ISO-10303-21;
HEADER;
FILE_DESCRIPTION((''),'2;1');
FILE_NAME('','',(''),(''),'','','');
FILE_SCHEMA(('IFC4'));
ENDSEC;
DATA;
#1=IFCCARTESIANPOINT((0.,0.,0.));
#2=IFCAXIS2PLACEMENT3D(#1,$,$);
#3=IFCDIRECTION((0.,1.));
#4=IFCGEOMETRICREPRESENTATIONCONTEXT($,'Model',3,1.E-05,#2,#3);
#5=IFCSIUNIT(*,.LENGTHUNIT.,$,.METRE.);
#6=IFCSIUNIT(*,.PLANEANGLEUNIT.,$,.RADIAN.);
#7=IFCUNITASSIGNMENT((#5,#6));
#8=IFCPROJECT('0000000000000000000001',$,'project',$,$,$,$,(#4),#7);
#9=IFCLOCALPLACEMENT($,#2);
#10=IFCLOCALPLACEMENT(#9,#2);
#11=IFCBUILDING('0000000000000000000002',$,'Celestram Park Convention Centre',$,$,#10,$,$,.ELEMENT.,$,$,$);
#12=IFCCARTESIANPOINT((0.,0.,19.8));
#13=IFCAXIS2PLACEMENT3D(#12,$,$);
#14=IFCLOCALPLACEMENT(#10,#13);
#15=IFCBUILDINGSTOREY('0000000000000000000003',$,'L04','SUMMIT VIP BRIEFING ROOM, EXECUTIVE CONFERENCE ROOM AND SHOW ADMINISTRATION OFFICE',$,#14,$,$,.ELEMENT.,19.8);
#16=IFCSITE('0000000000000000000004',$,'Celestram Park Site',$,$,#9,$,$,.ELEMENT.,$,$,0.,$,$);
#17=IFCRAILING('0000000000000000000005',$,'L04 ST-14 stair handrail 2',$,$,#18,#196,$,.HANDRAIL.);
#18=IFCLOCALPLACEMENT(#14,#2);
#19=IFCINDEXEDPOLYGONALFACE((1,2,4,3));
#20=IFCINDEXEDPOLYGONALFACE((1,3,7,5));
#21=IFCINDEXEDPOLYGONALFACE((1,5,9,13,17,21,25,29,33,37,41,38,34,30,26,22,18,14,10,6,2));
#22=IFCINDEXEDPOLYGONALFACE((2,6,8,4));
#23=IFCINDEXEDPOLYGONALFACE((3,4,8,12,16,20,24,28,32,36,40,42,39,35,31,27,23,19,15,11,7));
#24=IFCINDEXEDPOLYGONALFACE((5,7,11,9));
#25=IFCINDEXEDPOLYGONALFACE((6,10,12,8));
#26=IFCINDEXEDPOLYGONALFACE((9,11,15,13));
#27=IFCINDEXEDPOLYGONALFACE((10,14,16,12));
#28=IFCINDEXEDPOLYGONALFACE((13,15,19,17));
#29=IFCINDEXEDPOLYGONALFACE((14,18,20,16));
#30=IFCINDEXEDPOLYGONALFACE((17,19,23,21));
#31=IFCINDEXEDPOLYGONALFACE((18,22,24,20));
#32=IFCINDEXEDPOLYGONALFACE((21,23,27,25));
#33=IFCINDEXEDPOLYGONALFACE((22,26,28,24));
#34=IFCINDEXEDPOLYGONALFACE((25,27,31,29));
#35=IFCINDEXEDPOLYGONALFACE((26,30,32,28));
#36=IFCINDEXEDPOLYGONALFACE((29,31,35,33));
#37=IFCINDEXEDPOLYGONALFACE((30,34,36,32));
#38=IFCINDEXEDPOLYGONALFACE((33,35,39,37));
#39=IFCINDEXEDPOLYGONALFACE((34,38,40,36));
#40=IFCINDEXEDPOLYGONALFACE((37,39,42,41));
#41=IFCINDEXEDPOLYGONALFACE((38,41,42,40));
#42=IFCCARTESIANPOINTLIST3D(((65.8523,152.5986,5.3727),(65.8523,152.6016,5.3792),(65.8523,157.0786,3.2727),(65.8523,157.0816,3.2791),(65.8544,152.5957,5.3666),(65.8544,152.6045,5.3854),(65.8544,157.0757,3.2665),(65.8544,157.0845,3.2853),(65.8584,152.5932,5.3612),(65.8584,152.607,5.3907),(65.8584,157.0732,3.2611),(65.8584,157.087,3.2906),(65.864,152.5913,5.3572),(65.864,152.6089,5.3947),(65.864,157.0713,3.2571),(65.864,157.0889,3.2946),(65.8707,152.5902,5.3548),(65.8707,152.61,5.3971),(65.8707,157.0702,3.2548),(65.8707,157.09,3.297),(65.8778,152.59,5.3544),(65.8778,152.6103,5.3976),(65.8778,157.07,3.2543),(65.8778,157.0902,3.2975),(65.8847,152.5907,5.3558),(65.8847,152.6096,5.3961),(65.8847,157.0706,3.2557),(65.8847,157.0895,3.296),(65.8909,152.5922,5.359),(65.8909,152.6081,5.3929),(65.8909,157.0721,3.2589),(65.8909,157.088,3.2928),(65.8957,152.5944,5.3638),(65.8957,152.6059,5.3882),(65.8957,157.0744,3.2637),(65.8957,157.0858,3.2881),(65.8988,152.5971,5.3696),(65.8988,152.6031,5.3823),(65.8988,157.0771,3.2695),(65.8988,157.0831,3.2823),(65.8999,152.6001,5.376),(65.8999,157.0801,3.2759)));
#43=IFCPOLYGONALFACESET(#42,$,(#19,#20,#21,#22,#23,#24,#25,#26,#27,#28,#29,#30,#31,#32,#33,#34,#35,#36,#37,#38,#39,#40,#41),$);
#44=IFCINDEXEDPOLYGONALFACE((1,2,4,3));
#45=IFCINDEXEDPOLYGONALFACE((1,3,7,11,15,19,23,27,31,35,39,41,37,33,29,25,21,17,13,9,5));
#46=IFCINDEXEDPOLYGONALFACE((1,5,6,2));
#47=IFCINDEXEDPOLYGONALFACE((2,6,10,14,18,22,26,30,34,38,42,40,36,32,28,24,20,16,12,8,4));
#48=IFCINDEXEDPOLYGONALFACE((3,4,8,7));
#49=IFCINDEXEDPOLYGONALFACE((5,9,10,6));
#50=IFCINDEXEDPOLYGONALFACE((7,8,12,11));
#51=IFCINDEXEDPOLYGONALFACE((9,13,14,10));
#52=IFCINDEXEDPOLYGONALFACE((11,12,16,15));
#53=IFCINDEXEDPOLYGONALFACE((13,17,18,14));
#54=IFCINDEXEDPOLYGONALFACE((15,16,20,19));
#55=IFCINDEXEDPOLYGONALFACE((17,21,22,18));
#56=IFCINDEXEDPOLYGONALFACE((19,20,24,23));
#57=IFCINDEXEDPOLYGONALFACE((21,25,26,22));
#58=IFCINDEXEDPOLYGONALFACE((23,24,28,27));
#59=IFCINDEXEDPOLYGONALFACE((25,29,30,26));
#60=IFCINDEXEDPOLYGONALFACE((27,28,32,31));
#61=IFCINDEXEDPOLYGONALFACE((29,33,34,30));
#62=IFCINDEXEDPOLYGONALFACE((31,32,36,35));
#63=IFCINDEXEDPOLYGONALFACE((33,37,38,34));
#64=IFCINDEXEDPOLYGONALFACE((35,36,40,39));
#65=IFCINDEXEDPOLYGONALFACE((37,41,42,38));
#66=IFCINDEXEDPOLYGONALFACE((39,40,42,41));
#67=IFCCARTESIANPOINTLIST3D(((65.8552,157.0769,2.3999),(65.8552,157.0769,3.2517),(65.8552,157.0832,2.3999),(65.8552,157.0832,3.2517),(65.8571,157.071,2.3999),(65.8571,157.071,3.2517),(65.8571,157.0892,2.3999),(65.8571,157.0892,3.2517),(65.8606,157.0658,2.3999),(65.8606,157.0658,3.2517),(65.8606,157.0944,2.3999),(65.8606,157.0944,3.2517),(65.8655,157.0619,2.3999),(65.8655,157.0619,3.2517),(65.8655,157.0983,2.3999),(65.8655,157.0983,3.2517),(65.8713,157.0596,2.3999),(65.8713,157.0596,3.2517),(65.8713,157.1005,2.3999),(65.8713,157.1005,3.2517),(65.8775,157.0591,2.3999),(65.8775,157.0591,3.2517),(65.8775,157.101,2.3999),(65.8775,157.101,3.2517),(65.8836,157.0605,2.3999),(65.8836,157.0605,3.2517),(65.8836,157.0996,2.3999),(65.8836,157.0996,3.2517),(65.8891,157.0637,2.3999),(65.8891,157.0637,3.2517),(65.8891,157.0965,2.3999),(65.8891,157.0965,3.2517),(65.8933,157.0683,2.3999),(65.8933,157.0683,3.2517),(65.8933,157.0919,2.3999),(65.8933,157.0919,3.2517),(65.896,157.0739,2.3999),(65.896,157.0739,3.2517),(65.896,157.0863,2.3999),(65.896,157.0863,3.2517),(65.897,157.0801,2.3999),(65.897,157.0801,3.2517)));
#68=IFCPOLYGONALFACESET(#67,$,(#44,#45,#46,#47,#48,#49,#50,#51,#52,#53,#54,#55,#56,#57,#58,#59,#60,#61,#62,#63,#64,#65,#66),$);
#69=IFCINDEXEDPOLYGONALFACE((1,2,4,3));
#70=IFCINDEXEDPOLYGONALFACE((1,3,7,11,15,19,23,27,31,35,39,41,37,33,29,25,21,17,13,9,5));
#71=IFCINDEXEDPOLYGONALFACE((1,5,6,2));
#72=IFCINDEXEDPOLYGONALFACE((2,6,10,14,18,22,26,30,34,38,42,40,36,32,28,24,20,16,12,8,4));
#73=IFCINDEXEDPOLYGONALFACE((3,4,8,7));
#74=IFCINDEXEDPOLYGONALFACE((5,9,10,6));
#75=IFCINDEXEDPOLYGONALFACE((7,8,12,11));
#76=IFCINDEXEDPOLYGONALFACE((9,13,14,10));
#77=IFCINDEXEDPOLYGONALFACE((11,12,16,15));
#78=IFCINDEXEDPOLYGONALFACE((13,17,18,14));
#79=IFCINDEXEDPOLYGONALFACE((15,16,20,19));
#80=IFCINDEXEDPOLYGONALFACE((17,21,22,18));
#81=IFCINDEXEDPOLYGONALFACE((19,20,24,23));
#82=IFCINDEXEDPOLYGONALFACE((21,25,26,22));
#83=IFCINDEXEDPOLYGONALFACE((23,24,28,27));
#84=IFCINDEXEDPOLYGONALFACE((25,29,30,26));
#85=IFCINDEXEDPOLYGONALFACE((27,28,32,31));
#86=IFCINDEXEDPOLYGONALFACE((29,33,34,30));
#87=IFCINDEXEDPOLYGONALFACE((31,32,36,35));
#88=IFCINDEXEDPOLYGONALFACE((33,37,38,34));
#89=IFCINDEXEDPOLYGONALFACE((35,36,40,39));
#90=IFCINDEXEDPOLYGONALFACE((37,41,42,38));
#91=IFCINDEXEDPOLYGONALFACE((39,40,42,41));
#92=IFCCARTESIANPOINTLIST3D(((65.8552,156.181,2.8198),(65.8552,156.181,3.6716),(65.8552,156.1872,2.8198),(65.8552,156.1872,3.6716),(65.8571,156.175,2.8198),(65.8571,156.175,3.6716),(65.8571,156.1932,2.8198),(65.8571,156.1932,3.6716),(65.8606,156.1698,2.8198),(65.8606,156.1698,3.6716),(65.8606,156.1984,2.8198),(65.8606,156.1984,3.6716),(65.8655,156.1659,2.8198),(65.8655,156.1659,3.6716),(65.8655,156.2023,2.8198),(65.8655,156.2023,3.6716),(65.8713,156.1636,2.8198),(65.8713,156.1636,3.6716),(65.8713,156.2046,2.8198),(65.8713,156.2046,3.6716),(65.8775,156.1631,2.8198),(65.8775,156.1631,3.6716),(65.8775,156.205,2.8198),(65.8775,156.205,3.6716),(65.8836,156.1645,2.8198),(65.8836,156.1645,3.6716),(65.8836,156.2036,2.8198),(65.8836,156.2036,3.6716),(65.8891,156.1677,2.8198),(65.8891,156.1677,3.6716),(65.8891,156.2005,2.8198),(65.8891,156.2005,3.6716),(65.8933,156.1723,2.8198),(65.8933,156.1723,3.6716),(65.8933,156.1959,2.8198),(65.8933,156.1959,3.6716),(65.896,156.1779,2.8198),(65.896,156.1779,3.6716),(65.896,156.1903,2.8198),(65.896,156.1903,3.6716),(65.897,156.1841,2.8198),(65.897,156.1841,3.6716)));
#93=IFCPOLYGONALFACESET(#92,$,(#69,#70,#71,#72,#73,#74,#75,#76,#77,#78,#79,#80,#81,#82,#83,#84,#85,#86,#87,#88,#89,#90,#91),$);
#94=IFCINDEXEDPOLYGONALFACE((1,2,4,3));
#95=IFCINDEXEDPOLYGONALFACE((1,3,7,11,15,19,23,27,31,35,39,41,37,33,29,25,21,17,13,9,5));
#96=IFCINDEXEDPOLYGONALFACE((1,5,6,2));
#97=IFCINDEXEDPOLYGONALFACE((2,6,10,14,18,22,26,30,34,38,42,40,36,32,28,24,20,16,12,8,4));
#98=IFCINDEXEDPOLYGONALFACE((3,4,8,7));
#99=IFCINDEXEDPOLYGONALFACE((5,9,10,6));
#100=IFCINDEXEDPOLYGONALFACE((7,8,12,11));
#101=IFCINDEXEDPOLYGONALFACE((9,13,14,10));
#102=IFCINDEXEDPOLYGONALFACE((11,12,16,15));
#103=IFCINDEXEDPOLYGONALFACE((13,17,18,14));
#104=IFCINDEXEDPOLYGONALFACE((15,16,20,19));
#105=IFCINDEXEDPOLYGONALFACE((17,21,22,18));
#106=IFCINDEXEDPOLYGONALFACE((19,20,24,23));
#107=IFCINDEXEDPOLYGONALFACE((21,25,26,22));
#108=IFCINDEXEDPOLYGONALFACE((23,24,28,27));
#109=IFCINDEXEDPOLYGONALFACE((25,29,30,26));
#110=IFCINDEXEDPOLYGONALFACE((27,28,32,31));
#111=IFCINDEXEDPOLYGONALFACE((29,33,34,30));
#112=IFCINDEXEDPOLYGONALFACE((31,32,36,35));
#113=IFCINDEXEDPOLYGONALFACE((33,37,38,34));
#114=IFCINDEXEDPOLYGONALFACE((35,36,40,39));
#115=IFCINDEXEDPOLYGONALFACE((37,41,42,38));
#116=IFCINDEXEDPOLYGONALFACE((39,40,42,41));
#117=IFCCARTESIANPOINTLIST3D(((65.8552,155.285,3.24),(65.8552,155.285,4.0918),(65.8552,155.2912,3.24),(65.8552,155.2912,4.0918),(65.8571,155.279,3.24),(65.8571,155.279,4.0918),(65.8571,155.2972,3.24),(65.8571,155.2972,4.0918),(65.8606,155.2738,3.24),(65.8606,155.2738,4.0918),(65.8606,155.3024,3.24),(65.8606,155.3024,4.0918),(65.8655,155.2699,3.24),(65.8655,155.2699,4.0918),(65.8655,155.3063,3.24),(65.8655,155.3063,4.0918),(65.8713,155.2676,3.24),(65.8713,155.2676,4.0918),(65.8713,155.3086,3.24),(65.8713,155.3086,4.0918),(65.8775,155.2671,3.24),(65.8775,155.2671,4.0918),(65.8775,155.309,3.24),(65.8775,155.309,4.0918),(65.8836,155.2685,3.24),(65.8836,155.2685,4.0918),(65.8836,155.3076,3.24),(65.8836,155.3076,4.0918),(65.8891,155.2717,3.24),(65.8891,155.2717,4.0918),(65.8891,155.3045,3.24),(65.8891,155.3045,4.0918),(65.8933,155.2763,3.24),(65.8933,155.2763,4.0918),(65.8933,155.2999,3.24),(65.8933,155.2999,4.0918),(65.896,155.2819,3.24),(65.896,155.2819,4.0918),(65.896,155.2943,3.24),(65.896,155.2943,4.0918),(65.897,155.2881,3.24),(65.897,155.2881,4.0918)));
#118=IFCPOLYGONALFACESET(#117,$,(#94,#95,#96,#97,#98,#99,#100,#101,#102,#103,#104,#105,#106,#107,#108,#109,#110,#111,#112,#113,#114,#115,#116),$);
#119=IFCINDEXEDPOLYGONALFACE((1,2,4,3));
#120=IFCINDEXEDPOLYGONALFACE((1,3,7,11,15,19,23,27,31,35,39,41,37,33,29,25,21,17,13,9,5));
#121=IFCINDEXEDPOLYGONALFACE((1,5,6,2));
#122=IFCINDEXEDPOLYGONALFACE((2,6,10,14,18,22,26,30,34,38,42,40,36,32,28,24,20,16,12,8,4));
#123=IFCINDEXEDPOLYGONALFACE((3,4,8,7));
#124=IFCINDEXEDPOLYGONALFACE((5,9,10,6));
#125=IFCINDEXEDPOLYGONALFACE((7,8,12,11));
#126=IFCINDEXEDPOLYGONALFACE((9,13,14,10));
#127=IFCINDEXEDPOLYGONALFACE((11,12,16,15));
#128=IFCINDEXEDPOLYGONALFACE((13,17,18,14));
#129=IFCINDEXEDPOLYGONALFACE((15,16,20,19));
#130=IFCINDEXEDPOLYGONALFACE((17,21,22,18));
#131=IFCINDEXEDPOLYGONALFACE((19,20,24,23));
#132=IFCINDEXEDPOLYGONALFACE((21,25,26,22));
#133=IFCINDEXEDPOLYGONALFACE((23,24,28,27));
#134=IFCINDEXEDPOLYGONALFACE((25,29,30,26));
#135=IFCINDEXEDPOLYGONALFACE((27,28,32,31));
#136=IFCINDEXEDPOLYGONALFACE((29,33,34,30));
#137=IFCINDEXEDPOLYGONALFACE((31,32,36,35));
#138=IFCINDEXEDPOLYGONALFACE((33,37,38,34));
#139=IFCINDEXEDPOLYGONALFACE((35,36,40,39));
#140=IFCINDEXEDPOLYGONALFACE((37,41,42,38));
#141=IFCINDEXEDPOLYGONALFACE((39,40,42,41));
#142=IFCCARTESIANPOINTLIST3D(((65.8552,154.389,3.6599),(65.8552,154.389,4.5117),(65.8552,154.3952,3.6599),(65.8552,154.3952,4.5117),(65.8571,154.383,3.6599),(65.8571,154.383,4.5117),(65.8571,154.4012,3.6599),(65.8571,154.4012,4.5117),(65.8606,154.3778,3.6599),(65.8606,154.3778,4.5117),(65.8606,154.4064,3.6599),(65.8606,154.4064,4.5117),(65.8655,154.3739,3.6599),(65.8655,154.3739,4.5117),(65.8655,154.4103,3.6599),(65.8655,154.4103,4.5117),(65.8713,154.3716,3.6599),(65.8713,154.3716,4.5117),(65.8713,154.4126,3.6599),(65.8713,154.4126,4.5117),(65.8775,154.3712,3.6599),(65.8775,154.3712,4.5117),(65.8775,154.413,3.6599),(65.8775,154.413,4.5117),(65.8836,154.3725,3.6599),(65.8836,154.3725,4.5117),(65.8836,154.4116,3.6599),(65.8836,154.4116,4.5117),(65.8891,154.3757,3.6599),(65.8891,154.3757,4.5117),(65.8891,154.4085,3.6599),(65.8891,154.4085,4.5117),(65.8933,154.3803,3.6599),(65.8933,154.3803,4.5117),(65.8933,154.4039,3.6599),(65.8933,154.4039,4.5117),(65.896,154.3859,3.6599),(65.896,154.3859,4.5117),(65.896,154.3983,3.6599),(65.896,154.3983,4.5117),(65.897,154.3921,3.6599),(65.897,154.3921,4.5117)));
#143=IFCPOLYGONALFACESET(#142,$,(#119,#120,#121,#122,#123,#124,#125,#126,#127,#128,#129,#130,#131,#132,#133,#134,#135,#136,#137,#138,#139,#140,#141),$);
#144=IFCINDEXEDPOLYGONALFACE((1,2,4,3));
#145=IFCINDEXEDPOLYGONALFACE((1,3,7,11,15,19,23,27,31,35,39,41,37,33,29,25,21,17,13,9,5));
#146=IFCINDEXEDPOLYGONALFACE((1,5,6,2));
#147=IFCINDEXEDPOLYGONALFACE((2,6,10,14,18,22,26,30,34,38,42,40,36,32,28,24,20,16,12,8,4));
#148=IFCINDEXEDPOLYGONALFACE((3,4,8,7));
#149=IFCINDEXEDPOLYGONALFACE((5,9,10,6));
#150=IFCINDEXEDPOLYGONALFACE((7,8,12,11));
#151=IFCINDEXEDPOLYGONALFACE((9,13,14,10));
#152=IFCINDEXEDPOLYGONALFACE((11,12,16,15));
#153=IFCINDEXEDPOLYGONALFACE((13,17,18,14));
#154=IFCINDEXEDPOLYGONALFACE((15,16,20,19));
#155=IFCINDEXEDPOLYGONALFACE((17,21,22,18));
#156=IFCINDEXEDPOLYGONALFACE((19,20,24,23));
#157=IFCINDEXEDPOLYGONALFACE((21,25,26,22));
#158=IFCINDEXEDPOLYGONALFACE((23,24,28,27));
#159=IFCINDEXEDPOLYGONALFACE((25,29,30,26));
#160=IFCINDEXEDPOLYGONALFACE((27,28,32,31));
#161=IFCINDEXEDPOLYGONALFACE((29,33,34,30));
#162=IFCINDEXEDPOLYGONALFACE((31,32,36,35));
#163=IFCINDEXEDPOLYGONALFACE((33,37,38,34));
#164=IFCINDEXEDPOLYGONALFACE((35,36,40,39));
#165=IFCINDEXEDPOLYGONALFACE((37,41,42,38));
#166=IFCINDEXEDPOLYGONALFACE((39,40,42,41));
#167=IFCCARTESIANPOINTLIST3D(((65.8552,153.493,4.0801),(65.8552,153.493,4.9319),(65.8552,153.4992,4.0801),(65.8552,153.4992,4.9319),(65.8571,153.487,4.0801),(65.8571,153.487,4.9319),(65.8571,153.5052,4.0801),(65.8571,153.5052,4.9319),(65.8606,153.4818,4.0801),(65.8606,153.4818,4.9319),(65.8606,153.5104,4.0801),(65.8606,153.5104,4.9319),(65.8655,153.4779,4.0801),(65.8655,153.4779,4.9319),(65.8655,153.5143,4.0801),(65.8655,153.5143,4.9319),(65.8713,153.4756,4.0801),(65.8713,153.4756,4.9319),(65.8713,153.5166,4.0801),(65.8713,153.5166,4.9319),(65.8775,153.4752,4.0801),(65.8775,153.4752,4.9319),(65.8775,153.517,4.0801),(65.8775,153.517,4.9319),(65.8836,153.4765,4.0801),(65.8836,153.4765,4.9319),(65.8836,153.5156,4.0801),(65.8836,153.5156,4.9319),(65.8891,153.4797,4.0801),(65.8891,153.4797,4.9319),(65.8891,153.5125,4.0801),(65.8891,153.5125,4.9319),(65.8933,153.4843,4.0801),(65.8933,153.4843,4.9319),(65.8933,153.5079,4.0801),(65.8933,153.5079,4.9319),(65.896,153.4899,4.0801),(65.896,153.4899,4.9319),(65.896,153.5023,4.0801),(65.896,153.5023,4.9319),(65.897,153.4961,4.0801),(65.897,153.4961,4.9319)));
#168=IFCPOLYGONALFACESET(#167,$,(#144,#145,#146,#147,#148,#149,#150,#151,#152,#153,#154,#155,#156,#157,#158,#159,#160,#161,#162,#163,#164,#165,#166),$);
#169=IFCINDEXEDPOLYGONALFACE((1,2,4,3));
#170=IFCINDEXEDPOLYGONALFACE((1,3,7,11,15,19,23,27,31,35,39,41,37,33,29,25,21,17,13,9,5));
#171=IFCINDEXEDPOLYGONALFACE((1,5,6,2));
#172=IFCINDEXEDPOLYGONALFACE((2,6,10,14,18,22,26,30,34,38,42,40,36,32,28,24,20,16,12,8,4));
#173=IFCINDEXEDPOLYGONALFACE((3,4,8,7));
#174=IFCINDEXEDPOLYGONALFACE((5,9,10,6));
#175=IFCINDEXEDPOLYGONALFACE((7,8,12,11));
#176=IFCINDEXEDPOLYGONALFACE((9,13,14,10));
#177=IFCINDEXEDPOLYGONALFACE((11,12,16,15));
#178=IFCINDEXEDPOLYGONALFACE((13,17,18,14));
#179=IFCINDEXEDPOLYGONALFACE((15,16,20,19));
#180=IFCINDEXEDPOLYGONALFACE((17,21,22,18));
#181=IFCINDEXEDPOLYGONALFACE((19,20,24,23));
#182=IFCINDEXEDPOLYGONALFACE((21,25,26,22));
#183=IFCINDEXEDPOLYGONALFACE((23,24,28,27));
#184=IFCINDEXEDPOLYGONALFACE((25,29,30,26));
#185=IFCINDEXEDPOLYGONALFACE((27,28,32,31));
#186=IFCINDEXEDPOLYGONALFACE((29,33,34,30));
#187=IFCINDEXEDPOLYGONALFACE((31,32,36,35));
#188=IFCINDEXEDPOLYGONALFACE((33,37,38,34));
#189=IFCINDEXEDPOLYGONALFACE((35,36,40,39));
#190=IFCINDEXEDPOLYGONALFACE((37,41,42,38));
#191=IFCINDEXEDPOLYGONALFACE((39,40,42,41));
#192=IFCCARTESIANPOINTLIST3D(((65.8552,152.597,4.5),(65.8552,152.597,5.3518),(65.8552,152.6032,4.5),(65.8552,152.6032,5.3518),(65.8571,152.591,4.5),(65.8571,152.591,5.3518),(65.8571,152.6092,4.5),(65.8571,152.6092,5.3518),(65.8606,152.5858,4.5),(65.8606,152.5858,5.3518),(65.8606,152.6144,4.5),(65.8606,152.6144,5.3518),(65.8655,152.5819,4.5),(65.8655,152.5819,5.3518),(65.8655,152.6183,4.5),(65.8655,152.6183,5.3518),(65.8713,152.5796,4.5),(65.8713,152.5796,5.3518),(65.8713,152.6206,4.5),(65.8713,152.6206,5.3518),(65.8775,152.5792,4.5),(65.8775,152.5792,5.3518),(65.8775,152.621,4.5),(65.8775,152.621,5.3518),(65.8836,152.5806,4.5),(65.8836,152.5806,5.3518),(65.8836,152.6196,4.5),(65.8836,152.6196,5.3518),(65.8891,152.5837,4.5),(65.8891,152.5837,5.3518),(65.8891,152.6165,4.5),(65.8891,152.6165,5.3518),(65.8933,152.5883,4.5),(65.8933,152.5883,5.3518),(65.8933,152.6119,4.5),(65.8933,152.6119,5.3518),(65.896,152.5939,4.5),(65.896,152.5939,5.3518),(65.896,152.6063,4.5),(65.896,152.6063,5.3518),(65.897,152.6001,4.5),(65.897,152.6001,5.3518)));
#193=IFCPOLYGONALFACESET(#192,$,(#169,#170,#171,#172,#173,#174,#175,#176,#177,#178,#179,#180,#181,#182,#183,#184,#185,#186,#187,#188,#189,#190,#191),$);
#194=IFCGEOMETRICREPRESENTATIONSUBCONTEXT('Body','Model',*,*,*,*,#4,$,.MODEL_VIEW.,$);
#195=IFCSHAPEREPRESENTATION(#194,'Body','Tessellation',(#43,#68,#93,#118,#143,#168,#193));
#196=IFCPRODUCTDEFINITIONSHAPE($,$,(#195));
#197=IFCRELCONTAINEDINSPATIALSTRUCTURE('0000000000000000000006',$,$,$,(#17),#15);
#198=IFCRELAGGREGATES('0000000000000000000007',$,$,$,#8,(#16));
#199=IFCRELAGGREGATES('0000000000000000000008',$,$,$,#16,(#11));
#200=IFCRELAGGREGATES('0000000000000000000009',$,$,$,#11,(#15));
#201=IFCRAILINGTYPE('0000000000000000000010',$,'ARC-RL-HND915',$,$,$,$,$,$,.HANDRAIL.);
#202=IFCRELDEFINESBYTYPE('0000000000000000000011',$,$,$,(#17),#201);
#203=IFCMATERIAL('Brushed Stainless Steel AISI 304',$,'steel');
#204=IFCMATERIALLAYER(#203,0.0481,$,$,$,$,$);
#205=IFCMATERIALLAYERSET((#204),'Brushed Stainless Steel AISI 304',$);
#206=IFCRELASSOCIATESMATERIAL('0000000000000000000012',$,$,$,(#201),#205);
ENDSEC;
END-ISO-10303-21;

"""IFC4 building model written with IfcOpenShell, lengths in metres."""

from ifc_helpers import new_model, si_unit, direction, frame, origin, origin_2d, place, context, subcontext, project, spatial, circle, extrude, material, layer, layer_set, type_object, element, save


model = new_model("IFC4")

# Units and contexts
model_context = context("Model", 3, precision=1e-05, world=origin(), true_north=direction((0.0, 1.0)))
body_context = subcontext(model_context, "Body", "Model", "MODEL_VIEW")
ifc_project = project(units=[si_unit("LENGTHUNIT", "METRE"), si_unit("PLANEANGLEUNIT", "RADIAN")], contexts=[model_context])

# Site, building, storey
site_placement = place(None, origin())
site = spatial("IfcSite", under=ifc_project, at=site_placement, Name="Celestram Park Site", CompositionType="ELEMENT", RefElevation=0.0)
building_placement = place(site_placement, origin())
building = spatial("IfcBuilding", under=site, at=building_placement, Name="Celestram Park Convention Centre", CompositionType="ELEMENT")
storey_placement = place(building_placement, frame((0.0, 0.0, 19.8)))
storey = spatial("IfcBuildingStorey", under=building, at=storey_placement, Name="L04", Description="SUMMIT VIP BRIEFING ROOM, EXECUTIVE CONFERENCE ROOM AND SHOW ADMINISTRATION OFFICE", CompositionType="ELEMENT", Elevation=19.8)

# Railing
ifc_material_1 = material(Name="Brushed Stainless Steel AISI 304", Category="steel")
ifc_layer_1 = layer(ifc_material_1, 0.0481)
ifc_layer_set_1 = layer_set([ifc_layer_1], Name="Brushed Stainless Steel AISI 304")
railing_type_1 = type_object("IfcRailingType", Name="ARC-RL-HND915", PredefinedType="HANDRAIL", material=ifc_layer_set_1)
railing_1_placement = place(storey_placement, frame((65.876, 157.0801, 2.3999)))
element("IfcRailing", 1, at=railing_1_placement, inside=storey, type_object=railing_type_1, Name="L04 ST-14 stair handrail 2", PredefinedType="HANDRAIL", context=body_context, shape_type="SweptSolid", body=[
    extrude(circle(Radius=0.0239, at=origin_2d()), frame((0.0, 0.0, 0.876), z_axis=(0.0, -0.905451, 0.424452), x_axis=(1.0, 0.0, 0.0)), (0.0, 0.0, 1.0), 4.9478),
    extrude(circle(Radius=0.021, at=origin_2d()), origin(), (0.0, 0.0, 1.0), 0.8518),
    extrude(circle(Radius=0.021, at=origin_2d()), frame((0.0, -0.896, 0.4199)), (0.0, 0.0, 1.0), 0.8518),
    extrude(circle(Radius=0.021, at=origin_2d()), frame((0.0, -1.792, 0.8401)), (0.0, 0.0, 1.0), 0.8518),
    extrude(circle(Radius=0.021, at=origin_2d()), frame((0.0, -2.688, 1.26)), (0.0, 0.0, 1.0), 0.8518),
    extrude(circle(Radius=0.021, at=origin_2d()), frame((0.0, -3.584, 1.6802)), (0.0, 0.0, 1.0), 0.8518),
    extrude(circle(Radius=0.021, at=origin_2d()), frame((0.0, -4.48, 2.1001)), (0.0, 0.0, 1.0), 0.8518),
])

save(model, "model.ifc")
